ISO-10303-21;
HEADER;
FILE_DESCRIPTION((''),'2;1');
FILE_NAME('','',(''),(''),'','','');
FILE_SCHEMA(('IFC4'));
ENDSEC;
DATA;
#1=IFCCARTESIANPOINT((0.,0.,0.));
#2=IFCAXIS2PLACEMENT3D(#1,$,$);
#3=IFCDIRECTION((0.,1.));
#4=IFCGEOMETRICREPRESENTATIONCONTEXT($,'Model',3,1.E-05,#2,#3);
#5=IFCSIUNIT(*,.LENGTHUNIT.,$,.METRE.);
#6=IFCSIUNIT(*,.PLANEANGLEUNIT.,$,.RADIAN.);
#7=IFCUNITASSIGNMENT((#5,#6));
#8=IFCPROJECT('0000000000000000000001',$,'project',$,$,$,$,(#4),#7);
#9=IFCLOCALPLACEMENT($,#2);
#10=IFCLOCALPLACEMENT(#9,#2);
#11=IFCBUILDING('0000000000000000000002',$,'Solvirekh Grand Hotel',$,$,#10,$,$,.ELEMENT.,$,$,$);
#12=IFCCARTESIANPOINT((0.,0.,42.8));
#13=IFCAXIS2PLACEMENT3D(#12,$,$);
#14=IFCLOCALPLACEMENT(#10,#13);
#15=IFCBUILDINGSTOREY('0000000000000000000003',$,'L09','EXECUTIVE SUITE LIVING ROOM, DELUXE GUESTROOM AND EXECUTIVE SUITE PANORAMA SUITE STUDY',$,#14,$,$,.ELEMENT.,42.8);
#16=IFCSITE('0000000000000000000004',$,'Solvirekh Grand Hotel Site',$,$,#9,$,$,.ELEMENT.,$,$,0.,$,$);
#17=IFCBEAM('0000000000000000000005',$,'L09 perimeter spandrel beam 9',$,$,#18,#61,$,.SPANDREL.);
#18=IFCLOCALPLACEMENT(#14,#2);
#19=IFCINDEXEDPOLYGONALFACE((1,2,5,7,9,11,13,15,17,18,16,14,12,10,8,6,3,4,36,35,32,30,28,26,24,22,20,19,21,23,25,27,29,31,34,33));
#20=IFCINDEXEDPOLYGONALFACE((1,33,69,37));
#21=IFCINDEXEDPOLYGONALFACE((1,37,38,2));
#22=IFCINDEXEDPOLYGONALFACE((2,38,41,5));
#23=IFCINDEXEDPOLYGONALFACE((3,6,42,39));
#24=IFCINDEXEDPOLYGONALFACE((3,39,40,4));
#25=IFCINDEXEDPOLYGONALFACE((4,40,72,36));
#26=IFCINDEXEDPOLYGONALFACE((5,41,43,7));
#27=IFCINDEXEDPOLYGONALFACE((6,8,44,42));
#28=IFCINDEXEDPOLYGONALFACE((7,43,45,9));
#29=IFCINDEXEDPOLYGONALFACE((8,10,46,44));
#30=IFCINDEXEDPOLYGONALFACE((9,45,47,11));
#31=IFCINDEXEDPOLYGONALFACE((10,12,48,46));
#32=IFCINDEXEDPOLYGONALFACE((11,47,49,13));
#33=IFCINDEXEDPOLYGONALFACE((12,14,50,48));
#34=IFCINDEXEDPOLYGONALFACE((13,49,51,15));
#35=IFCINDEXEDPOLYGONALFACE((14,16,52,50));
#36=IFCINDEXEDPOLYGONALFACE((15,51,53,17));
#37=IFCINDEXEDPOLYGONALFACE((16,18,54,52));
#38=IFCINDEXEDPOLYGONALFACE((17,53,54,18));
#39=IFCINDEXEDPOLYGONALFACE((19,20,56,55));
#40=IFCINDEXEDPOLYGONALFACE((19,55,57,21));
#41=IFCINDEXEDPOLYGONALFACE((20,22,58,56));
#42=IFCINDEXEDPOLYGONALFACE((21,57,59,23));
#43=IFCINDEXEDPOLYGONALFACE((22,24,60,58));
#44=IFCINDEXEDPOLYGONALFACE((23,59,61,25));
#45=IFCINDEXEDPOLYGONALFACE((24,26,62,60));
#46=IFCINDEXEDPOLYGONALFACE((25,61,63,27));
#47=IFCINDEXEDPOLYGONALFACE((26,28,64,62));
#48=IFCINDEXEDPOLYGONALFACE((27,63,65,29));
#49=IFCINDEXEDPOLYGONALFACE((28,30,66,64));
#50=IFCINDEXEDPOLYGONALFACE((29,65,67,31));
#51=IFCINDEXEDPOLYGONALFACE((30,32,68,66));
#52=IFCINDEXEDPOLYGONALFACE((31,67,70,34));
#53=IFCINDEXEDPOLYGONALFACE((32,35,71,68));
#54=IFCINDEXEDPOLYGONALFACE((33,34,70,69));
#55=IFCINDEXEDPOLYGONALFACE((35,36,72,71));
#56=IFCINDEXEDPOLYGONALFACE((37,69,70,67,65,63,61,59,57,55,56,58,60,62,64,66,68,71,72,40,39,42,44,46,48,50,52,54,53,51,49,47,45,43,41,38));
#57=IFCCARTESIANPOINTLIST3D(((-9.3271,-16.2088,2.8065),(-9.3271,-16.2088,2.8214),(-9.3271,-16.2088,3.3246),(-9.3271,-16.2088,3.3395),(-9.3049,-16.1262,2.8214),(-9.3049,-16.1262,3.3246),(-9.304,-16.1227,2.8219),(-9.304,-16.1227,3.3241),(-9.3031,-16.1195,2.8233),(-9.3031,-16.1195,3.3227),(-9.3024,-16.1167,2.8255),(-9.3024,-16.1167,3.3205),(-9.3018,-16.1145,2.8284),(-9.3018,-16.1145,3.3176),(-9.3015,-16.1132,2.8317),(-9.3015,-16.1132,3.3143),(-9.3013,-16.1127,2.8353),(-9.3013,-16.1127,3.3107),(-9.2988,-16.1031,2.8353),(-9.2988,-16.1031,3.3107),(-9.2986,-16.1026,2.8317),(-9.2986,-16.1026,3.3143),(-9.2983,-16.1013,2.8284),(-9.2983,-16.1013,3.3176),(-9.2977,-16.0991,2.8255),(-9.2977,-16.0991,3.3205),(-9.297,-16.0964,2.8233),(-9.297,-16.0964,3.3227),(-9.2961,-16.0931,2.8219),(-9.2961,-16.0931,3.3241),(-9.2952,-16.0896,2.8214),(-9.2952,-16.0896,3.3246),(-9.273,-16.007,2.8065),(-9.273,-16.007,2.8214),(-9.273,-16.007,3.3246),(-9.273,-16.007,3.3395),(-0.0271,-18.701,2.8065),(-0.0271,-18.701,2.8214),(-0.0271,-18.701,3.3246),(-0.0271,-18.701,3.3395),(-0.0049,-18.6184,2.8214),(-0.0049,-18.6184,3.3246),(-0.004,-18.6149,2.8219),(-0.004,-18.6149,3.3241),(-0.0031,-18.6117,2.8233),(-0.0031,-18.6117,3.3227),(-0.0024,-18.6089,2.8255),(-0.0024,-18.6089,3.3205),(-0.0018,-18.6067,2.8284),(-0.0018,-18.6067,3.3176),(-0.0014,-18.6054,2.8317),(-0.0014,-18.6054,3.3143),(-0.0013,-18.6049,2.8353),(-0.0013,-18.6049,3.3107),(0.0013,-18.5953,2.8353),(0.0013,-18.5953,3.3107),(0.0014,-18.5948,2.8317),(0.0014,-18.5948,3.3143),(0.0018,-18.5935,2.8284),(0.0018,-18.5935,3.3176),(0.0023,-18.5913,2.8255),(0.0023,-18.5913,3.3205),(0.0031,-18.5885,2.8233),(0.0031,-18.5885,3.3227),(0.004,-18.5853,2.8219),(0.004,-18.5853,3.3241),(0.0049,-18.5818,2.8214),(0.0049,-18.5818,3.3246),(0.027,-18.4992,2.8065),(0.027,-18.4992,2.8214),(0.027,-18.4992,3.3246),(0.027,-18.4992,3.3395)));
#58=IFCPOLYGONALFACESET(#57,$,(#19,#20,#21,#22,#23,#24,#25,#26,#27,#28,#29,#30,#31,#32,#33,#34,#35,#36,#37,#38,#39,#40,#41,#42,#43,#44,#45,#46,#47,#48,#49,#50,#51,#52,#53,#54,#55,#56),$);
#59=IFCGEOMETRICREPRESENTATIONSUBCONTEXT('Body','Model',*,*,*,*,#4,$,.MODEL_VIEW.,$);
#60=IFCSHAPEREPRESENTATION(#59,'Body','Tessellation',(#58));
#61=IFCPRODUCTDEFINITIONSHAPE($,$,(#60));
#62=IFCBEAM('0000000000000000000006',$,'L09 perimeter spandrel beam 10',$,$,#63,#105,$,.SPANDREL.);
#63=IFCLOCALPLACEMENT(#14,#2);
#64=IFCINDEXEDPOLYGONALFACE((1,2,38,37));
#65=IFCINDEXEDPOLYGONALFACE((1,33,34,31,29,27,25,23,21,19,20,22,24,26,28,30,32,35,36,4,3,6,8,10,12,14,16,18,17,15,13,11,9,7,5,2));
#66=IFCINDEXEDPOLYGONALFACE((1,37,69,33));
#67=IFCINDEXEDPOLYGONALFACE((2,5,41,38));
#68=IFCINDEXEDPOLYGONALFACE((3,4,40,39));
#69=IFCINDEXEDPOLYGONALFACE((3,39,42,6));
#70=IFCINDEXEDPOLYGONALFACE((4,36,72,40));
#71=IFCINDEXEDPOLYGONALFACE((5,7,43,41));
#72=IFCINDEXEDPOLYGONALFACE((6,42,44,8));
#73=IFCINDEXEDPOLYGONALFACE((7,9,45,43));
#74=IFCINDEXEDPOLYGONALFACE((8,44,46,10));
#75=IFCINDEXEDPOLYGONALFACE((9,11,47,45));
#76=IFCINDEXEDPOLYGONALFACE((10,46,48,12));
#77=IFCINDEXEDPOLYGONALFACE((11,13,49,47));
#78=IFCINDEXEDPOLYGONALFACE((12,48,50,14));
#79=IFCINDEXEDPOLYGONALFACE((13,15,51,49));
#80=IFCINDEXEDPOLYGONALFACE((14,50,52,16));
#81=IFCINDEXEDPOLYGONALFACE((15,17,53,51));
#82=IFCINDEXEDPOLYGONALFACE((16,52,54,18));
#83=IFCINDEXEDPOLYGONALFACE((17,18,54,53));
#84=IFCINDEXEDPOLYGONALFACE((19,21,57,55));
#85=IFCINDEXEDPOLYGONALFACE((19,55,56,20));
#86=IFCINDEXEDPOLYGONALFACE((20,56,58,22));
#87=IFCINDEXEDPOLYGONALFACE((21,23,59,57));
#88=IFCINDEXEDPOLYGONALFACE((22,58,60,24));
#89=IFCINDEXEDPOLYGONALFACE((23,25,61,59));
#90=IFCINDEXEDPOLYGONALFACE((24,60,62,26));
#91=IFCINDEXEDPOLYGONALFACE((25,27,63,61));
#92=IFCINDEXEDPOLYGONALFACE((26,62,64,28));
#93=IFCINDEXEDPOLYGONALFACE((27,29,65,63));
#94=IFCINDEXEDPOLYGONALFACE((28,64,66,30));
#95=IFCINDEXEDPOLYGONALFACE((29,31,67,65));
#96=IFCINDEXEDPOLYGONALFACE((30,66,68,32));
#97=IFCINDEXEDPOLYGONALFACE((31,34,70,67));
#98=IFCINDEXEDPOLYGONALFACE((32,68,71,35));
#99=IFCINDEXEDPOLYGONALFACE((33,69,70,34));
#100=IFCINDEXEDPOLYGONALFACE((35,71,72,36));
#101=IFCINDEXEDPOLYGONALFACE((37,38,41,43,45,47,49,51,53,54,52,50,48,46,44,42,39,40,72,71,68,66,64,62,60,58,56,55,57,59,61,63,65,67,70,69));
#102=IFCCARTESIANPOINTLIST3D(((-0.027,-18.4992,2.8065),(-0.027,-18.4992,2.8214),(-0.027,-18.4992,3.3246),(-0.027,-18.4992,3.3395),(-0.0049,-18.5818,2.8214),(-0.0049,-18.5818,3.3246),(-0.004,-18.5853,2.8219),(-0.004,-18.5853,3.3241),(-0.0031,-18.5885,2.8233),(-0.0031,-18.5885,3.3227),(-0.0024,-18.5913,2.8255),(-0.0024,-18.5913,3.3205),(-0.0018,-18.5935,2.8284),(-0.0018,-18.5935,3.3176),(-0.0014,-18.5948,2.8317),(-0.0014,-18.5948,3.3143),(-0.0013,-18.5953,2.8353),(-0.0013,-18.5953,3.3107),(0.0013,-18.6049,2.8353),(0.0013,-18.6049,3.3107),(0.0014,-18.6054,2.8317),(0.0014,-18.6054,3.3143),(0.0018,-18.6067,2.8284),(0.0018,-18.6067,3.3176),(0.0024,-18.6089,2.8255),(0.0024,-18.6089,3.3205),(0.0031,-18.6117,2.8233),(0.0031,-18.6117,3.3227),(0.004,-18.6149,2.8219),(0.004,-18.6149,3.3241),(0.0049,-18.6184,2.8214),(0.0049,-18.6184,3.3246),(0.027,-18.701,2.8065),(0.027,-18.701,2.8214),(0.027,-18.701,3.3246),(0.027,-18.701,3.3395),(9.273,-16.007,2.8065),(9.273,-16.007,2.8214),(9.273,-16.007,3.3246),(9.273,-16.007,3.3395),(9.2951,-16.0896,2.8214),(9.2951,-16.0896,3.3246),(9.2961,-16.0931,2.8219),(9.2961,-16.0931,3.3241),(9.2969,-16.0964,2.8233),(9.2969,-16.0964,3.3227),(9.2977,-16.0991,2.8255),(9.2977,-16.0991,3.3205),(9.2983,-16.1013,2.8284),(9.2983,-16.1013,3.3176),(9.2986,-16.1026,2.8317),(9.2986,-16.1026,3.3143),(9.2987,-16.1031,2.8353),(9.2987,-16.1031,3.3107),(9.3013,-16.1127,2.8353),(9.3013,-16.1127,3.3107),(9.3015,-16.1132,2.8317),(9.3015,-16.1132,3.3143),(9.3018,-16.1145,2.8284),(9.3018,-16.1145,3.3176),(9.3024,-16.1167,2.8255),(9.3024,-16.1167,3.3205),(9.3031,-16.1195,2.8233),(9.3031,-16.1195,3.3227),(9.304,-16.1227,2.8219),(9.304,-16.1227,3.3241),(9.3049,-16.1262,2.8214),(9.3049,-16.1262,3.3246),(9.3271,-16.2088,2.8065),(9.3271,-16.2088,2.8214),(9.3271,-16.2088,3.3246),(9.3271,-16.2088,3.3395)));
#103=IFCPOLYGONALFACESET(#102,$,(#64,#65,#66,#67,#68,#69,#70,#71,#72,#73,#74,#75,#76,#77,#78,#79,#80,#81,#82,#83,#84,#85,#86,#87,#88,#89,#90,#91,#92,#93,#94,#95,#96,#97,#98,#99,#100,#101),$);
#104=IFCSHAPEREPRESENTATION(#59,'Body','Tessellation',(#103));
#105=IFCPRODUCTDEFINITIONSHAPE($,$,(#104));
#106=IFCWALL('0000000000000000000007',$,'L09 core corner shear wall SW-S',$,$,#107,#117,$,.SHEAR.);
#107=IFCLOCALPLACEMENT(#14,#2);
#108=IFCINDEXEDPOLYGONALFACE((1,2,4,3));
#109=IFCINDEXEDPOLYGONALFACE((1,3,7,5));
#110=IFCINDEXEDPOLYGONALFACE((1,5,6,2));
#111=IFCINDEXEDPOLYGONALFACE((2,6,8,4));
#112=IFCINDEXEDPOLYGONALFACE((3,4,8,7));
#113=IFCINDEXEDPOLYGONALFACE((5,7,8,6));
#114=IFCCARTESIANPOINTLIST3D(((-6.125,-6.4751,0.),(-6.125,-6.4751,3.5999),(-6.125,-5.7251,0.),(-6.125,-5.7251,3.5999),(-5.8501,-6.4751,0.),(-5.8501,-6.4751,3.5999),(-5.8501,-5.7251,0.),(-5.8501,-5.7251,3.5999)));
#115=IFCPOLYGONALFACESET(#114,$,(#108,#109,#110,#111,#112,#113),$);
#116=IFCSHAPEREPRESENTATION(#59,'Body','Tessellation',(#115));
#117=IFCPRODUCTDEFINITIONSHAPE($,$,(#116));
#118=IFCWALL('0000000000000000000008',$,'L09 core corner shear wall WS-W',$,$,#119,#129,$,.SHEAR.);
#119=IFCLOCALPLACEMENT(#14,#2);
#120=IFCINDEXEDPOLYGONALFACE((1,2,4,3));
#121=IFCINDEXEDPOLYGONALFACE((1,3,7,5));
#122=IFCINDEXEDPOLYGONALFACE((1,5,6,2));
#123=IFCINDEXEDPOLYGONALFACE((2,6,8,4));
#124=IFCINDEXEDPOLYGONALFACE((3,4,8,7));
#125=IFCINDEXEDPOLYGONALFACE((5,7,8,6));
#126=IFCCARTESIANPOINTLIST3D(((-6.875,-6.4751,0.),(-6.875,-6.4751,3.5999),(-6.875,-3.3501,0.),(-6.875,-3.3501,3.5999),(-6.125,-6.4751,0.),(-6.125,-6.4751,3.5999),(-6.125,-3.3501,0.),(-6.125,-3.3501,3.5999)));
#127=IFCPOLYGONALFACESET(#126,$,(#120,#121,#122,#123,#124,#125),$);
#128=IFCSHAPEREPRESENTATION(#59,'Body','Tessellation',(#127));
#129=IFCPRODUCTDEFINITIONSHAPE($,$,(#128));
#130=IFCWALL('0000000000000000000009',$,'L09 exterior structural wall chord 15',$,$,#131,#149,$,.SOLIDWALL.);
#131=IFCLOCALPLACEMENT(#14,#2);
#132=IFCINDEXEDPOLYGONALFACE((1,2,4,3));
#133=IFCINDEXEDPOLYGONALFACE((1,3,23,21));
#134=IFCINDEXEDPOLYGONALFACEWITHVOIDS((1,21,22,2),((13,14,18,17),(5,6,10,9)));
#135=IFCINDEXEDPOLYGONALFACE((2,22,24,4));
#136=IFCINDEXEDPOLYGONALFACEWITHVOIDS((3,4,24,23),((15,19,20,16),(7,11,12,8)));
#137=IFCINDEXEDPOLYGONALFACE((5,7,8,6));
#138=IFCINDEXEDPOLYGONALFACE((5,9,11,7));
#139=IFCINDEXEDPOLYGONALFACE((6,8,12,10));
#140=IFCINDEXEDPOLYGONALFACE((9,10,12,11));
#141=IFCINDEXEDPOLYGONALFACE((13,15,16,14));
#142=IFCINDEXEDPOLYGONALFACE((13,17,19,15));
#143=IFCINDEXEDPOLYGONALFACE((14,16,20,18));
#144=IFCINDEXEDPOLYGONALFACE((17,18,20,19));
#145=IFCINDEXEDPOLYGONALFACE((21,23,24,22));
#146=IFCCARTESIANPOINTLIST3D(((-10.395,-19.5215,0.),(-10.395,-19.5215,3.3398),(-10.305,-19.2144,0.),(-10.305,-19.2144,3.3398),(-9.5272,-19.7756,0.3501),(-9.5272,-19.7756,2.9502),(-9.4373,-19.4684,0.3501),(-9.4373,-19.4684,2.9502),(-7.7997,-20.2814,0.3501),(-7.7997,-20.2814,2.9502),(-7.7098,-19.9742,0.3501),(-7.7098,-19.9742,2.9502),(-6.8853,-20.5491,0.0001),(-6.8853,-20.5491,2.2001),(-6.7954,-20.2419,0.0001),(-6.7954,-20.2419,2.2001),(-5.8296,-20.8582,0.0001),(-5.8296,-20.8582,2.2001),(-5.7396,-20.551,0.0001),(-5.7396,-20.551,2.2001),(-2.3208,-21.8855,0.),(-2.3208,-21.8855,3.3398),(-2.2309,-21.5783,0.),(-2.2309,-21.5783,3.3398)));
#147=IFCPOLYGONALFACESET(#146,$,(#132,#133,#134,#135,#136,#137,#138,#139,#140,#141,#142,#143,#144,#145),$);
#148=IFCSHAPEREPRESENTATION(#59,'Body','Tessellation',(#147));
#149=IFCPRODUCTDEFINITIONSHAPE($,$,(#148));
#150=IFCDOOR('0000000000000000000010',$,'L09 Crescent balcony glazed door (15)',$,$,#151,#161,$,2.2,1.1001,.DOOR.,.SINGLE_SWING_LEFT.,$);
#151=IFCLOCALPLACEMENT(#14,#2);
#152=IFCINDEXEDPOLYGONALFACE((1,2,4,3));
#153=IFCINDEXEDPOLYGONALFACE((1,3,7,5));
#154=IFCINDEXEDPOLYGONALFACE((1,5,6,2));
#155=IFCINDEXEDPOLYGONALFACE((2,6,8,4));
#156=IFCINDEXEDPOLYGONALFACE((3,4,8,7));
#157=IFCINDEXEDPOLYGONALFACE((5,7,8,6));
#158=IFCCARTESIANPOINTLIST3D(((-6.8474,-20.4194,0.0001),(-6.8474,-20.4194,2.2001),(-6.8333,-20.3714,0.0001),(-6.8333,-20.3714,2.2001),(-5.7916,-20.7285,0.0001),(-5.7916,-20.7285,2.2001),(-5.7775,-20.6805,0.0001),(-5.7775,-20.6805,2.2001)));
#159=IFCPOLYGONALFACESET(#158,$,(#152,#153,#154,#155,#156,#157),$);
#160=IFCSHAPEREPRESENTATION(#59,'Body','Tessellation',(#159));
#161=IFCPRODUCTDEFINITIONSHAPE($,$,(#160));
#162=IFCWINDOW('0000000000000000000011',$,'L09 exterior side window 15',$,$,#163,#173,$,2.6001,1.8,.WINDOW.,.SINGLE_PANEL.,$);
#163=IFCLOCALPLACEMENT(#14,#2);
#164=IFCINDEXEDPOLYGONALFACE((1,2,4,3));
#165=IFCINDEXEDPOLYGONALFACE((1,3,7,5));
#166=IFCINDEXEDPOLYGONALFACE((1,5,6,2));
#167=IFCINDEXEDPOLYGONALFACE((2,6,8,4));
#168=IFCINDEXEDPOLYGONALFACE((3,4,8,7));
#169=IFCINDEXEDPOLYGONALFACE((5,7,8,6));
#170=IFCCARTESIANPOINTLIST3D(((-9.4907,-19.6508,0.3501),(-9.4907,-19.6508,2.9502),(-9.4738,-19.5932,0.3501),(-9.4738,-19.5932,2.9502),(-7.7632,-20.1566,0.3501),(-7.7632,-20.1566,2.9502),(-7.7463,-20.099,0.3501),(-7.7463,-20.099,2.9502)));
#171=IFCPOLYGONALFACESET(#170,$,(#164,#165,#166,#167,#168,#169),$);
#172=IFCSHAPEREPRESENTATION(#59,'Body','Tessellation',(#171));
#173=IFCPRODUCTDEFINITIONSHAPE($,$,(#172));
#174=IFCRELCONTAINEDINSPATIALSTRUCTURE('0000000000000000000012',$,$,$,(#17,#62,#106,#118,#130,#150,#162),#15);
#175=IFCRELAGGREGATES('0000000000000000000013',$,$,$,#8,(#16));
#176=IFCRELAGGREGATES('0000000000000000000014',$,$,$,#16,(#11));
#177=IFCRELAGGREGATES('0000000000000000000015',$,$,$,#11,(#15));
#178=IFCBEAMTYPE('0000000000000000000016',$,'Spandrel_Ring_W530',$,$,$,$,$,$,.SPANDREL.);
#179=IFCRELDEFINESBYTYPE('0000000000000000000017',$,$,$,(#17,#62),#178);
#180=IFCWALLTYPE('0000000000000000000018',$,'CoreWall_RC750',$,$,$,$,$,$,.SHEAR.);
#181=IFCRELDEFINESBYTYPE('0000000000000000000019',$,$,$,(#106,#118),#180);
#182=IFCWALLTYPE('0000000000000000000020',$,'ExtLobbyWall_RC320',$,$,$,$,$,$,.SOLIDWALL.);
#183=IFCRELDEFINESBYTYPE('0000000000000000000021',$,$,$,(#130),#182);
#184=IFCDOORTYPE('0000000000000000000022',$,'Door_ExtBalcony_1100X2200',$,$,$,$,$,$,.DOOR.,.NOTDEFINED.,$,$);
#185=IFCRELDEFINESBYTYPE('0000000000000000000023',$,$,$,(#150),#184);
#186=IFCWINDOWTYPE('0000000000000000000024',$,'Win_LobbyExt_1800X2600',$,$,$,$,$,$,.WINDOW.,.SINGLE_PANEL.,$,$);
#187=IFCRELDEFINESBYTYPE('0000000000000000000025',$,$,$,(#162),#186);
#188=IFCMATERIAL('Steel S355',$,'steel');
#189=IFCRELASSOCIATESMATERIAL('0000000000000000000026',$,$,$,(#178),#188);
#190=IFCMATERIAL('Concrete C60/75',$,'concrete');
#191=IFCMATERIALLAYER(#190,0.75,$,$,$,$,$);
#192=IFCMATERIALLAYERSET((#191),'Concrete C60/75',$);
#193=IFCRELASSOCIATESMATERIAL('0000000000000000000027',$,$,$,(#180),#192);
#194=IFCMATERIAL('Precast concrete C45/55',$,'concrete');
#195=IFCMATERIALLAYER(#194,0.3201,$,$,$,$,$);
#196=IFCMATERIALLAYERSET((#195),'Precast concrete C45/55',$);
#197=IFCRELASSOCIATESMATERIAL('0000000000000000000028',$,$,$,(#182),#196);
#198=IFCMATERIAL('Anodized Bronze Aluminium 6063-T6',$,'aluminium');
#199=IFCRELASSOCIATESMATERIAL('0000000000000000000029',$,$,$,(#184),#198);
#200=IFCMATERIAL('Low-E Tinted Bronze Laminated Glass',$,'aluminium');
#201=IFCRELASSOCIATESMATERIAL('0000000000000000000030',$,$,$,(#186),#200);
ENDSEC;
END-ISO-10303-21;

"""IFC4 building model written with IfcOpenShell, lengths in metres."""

from ifc_helpers import new_model, si_unit, direction, frame, frame_2d, origin, origin_2d, place, context, subcontext, project, spatial, rectangle, i_section, extrude, material, layer, layer_set, material_profile, profile_set, type_object, element, fill, save


model = new_model("IFC4")

# Units and contexts
model_context = context("Model", 3, precision=1e-05, world=origin(), true_north=direction((0.0, 1.0)))
body_context = subcontext(model_context, "Body", "Model", "MODEL_VIEW")
ifc_project = project(units=[si_unit("LENGTHUNIT", "METRE"), si_unit("PLANEANGLEUNIT", "RADIAN")], contexts=[model_context])

# Site, building, storey
site_placement = place(None, origin())
site = spatial("IfcSite", under=ifc_project, at=site_placement, Name="Solvirekh Grand Hotel Site", CompositionType="ELEMENT", RefElevation=0.0)
building_placement = place(site_placement, origin())
building = spatial("IfcBuilding", under=site, at=building_placement, Name="Solvirekh Grand Hotel", CompositionType="ELEMENT")
storey_placement = place(building_placement, frame((0.0, 0.0, 42.8)))
storey = spatial("IfcBuildingStorey", under=building, at=storey_placement, Name="L09", Description="EXECUTIVE SUITE LIVING ROOM, DELUXE GUESTROOM AND EXECUTIVE SUITE PANORAMA SUITE STUDY", CompositionType="ELEMENT", Elevation=42.8)

# Shared definitions
ifc_material_1 = material(Name="Concrete C60/75", Category="concrete")

# Beams
ifc_material_2 = material(Name="Steel S355", Category="steel")
ifc_material_profile_1 = material_profile(ifc_material_2, i_section(OverallWidth=0.209, OverallDepth=0.533, WebThickness=0.01, FlangeThickness=0.0149, FilletRadius=0.0139, at=origin_2d()), Name="W530X92")
ifc_profile_set_1 = profile_set([ifc_material_profile_1], Name="Steel S355")
beam_type_1 = type_object("IfcBeamType", Name="Spandrel_Ring_W530", PredefinedType="SPANDREL", material=ifc_profile_set_1)
for number, where, z_axis, x_axis, name in (
    (1, (-9.3, -16.1079, 3.073), (0.965919, -0.258843, 0.0), (0.258843, 0.965919, 0.0), "L09 perimeter spandrel beam 9"),
    (2, (0.0, -18.6001, 3.073), (0.965919, 0.258843, 0.0), (-0.258843, 0.965919, 0.0), "L09 perimeter spandrel beam 10"),
):
    element("IfcBeam", number, at=place(storey_placement, frame(where, z_axis=z_axis, x_axis=x_axis)), inside=storey, type_object=beam_type_1, Name=name, PredefinedType="SPANDREL", context=body_context, shape_type="SweptSolid", body=[
        extrude(i_section(OverallWidth=0.209, OverallDepth=0.533, WebThickness=0.01, FlangeThickness=0.0149, FilletRadius=0.0139, at=origin_2d()), origin(), (0.0, 0.0, 1.0), 9.6282),
    ])

# Walls
ifc_layer_1 = layer(ifc_material_1, 0.75)
ifc_layer_set_1 = layer_set([ifc_layer_1], Name="Concrete C60/75")
wall_type_1 = type_object("IfcWallType", Name="CoreWall_RC750", PredefinedType="SHEAR", material=ifc_layer_set_1)
wall_1_placement = place(storey_placement, frame((-6.125, -6.1001, 0.0), z_axis=(0.0, 0.0, 1.0), x_axis=(1.0, 0.0, 0.0)))
element("IfcWall", 3, at=wall_1_placement, inside=storey, type_object=wall_type_1, Name="L09 core corner shear wall SW-S", PredefinedType="SHEAR", context=body_context, shape_type="SweptSolid", body=[
    extrude(rectangle(XDim=0.2749, YDim=0.75, at=frame_2d((0.1375, 0.0))), origin(), (0.0, 0.0, 1.0), 3.5999),
])
wall_2_placement = place(storey_placement, frame((-6.5, -6.4751, 0.0), z_axis=(0.0, 0.0, 1.0), x_axis=(0.0, 1.0, 0.0)))
element("IfcWall", 4, at=wall_2_placement, inside=storey, type_object=wall_type_1, Name="L09 core corner shear wall WS-W", PredefinedType="SHEAR", context=body_context, shape_type="SweptSolid", body=[
    extrude(rectangle(XDim=3.125, YDim=0.75, at=frame_2d((1.5625, 0.0))), origin(), (0.0, 0.0, 1.0), 3.5999),
])

# Wall, openings, door, window
ifc_material_3 = material(Name="Precast concrete C45/55", Category="concrete")
ifc_layer_2 = layer(ifc_material_3, 0.3201)
ifc_layer_set_2 = layer_set([ifc_layer_2], Name="Precast concrete C45/55")
wall_type_2 = type_object("IfcWallType", Name="ExtLobbyWall_RC320", PredefinedType="SOLIDWALL", material=ifc_layer_set_2)
wall_3_placement = place(storey_placement, frame((-2.2759, -21.7319, 0.0), z_axis=(0.0, 0.0, 1.0), x_axis=(-0.959711, 0.280989, 0.0)))
wall_3 = element("IfcWall", 5, at=wall_3_placement, inside=storey, type_object=wall_type_2, Name="L09 exterior structural wall chord 15", PredefinedType="SOLIDWALL", context=body_context, shape_type="SweptSolid", body=[
    extrude(rectangle(XDim=8.4131, YDim=0.3201, at=frame_2d((4.2065, 0.0))), origin(), (0.0, 0.0, 1.0), 3.3398),
])
opening_1_placement = place(wall_3_placement, frame((5.709, 0.0, 0.3501)))
opening_1 = element("IfcOpeningElement", 6, at=opening_1_placement, cuts=wall_3, PredefinedType="OPENING", context=body_context, shape_type="SweptSolid", body=[
    extrude(rectangle(XDim=1.8, YDim=2.6001, at=frame_2d((0.8999, 1.3))), frame((0.0, 0.1699, 0.0), z_axis=(0.0, -1.0, 0.0), x_axis=(1.0, 0.0, 0.0)), (0.0, 0.0, 1.0), 0.3401),
])
opening_2_placement = place(wall_3_placement, frame((3.656, 0.0, 0.0)))
opening_2 = element("IfcOpeningElement", 7, at=opening_2_placement, cuts=wall_3, PredefinedType="OPENING", context=body_context, shape_type="SweptSolid", body=[
    extrude(rectangle(XDim=1.1001, YDim=2.2, at=frame_2d((0.55, 1.1001))), frame((0.0, 0.1699, 0.0), z_axis=(0.0, -1.0, 0.0), x_axis=(1.0, 0.0, 0.0)), (0.0, 0.0, 1.0), 0.3401),
])
ifc_material_4 = material(Name="Anodized Bronze Aluminium 6063-T6", Category="aluminium")
door_type_1 = type_object("IfcDoorType", Name="Door_ExtBalcony_1100X2200", OperationType="NOTDEFINED", PredefinedType="DOOR", material=ifc_material_4)
door_1_placement = place(opening_2_placement, origin())
door_1 = element("IfcDoor", 8, at=door_1_placement, inside=storey, type_object=door_type_1, Name="L09 Crescent balcony glazed door (15)", OperationType="SINGLE_SWING_LEFT", OverallHeight=2.2, OverallWidth=1.1001, PredefinedType="DOOR", context=body_context, shape_type="SweptSolid", body=[
    extrude(rectangle(XDim=1.1001, YDim=2.2, at=frame_2d((0.55, 1.1001))), frame((0.0, 0.0249, 0.0), z_axis=(0.0, -1.0, 0.0), x_axis=(1.0, 0.0, 0.0)), (0.0, 0.0, 1.0), 0.05),
])
fill(opening_2, door_1)
ifc_material_5 = material(Name="Low-E Tinted Bronze Laminated Glass", Category="aluminium")
window_type = type_object("IfcWindowType", Name="Win_LobbyExt_1800X2600", PartitioningType="SINGLE_PANEL", PredefinedType="WINDOW", material=ifc_material_5)
window_placement = place(opening_1_placement, origin())
window = element("IfcWindow", 9, at=window_placement, inside=storey, type_object=window_type, Name="L09 exterior side window 15", OverallHeight=2.6001, OverallWidth=1.8, PartitioningType="SINGLE_PANEL", PredefinedType="WINDOW", context=body_context, shape_type="SweptSolid", body=[
    extrude(rectangle(XDim=1.8, YDim=2.6001, at=frame_2d((0.8999, 1.3))), frame((0.0, 0.03, 0.0), z_axis=(0.0, -1.0, 0.0), x_axis=(1.0, 0.0, 0.0)), (0.0, 0.0, 1.0), 0.0601),
])
fill(opening_1, window)

save(model, "model.ifc")
